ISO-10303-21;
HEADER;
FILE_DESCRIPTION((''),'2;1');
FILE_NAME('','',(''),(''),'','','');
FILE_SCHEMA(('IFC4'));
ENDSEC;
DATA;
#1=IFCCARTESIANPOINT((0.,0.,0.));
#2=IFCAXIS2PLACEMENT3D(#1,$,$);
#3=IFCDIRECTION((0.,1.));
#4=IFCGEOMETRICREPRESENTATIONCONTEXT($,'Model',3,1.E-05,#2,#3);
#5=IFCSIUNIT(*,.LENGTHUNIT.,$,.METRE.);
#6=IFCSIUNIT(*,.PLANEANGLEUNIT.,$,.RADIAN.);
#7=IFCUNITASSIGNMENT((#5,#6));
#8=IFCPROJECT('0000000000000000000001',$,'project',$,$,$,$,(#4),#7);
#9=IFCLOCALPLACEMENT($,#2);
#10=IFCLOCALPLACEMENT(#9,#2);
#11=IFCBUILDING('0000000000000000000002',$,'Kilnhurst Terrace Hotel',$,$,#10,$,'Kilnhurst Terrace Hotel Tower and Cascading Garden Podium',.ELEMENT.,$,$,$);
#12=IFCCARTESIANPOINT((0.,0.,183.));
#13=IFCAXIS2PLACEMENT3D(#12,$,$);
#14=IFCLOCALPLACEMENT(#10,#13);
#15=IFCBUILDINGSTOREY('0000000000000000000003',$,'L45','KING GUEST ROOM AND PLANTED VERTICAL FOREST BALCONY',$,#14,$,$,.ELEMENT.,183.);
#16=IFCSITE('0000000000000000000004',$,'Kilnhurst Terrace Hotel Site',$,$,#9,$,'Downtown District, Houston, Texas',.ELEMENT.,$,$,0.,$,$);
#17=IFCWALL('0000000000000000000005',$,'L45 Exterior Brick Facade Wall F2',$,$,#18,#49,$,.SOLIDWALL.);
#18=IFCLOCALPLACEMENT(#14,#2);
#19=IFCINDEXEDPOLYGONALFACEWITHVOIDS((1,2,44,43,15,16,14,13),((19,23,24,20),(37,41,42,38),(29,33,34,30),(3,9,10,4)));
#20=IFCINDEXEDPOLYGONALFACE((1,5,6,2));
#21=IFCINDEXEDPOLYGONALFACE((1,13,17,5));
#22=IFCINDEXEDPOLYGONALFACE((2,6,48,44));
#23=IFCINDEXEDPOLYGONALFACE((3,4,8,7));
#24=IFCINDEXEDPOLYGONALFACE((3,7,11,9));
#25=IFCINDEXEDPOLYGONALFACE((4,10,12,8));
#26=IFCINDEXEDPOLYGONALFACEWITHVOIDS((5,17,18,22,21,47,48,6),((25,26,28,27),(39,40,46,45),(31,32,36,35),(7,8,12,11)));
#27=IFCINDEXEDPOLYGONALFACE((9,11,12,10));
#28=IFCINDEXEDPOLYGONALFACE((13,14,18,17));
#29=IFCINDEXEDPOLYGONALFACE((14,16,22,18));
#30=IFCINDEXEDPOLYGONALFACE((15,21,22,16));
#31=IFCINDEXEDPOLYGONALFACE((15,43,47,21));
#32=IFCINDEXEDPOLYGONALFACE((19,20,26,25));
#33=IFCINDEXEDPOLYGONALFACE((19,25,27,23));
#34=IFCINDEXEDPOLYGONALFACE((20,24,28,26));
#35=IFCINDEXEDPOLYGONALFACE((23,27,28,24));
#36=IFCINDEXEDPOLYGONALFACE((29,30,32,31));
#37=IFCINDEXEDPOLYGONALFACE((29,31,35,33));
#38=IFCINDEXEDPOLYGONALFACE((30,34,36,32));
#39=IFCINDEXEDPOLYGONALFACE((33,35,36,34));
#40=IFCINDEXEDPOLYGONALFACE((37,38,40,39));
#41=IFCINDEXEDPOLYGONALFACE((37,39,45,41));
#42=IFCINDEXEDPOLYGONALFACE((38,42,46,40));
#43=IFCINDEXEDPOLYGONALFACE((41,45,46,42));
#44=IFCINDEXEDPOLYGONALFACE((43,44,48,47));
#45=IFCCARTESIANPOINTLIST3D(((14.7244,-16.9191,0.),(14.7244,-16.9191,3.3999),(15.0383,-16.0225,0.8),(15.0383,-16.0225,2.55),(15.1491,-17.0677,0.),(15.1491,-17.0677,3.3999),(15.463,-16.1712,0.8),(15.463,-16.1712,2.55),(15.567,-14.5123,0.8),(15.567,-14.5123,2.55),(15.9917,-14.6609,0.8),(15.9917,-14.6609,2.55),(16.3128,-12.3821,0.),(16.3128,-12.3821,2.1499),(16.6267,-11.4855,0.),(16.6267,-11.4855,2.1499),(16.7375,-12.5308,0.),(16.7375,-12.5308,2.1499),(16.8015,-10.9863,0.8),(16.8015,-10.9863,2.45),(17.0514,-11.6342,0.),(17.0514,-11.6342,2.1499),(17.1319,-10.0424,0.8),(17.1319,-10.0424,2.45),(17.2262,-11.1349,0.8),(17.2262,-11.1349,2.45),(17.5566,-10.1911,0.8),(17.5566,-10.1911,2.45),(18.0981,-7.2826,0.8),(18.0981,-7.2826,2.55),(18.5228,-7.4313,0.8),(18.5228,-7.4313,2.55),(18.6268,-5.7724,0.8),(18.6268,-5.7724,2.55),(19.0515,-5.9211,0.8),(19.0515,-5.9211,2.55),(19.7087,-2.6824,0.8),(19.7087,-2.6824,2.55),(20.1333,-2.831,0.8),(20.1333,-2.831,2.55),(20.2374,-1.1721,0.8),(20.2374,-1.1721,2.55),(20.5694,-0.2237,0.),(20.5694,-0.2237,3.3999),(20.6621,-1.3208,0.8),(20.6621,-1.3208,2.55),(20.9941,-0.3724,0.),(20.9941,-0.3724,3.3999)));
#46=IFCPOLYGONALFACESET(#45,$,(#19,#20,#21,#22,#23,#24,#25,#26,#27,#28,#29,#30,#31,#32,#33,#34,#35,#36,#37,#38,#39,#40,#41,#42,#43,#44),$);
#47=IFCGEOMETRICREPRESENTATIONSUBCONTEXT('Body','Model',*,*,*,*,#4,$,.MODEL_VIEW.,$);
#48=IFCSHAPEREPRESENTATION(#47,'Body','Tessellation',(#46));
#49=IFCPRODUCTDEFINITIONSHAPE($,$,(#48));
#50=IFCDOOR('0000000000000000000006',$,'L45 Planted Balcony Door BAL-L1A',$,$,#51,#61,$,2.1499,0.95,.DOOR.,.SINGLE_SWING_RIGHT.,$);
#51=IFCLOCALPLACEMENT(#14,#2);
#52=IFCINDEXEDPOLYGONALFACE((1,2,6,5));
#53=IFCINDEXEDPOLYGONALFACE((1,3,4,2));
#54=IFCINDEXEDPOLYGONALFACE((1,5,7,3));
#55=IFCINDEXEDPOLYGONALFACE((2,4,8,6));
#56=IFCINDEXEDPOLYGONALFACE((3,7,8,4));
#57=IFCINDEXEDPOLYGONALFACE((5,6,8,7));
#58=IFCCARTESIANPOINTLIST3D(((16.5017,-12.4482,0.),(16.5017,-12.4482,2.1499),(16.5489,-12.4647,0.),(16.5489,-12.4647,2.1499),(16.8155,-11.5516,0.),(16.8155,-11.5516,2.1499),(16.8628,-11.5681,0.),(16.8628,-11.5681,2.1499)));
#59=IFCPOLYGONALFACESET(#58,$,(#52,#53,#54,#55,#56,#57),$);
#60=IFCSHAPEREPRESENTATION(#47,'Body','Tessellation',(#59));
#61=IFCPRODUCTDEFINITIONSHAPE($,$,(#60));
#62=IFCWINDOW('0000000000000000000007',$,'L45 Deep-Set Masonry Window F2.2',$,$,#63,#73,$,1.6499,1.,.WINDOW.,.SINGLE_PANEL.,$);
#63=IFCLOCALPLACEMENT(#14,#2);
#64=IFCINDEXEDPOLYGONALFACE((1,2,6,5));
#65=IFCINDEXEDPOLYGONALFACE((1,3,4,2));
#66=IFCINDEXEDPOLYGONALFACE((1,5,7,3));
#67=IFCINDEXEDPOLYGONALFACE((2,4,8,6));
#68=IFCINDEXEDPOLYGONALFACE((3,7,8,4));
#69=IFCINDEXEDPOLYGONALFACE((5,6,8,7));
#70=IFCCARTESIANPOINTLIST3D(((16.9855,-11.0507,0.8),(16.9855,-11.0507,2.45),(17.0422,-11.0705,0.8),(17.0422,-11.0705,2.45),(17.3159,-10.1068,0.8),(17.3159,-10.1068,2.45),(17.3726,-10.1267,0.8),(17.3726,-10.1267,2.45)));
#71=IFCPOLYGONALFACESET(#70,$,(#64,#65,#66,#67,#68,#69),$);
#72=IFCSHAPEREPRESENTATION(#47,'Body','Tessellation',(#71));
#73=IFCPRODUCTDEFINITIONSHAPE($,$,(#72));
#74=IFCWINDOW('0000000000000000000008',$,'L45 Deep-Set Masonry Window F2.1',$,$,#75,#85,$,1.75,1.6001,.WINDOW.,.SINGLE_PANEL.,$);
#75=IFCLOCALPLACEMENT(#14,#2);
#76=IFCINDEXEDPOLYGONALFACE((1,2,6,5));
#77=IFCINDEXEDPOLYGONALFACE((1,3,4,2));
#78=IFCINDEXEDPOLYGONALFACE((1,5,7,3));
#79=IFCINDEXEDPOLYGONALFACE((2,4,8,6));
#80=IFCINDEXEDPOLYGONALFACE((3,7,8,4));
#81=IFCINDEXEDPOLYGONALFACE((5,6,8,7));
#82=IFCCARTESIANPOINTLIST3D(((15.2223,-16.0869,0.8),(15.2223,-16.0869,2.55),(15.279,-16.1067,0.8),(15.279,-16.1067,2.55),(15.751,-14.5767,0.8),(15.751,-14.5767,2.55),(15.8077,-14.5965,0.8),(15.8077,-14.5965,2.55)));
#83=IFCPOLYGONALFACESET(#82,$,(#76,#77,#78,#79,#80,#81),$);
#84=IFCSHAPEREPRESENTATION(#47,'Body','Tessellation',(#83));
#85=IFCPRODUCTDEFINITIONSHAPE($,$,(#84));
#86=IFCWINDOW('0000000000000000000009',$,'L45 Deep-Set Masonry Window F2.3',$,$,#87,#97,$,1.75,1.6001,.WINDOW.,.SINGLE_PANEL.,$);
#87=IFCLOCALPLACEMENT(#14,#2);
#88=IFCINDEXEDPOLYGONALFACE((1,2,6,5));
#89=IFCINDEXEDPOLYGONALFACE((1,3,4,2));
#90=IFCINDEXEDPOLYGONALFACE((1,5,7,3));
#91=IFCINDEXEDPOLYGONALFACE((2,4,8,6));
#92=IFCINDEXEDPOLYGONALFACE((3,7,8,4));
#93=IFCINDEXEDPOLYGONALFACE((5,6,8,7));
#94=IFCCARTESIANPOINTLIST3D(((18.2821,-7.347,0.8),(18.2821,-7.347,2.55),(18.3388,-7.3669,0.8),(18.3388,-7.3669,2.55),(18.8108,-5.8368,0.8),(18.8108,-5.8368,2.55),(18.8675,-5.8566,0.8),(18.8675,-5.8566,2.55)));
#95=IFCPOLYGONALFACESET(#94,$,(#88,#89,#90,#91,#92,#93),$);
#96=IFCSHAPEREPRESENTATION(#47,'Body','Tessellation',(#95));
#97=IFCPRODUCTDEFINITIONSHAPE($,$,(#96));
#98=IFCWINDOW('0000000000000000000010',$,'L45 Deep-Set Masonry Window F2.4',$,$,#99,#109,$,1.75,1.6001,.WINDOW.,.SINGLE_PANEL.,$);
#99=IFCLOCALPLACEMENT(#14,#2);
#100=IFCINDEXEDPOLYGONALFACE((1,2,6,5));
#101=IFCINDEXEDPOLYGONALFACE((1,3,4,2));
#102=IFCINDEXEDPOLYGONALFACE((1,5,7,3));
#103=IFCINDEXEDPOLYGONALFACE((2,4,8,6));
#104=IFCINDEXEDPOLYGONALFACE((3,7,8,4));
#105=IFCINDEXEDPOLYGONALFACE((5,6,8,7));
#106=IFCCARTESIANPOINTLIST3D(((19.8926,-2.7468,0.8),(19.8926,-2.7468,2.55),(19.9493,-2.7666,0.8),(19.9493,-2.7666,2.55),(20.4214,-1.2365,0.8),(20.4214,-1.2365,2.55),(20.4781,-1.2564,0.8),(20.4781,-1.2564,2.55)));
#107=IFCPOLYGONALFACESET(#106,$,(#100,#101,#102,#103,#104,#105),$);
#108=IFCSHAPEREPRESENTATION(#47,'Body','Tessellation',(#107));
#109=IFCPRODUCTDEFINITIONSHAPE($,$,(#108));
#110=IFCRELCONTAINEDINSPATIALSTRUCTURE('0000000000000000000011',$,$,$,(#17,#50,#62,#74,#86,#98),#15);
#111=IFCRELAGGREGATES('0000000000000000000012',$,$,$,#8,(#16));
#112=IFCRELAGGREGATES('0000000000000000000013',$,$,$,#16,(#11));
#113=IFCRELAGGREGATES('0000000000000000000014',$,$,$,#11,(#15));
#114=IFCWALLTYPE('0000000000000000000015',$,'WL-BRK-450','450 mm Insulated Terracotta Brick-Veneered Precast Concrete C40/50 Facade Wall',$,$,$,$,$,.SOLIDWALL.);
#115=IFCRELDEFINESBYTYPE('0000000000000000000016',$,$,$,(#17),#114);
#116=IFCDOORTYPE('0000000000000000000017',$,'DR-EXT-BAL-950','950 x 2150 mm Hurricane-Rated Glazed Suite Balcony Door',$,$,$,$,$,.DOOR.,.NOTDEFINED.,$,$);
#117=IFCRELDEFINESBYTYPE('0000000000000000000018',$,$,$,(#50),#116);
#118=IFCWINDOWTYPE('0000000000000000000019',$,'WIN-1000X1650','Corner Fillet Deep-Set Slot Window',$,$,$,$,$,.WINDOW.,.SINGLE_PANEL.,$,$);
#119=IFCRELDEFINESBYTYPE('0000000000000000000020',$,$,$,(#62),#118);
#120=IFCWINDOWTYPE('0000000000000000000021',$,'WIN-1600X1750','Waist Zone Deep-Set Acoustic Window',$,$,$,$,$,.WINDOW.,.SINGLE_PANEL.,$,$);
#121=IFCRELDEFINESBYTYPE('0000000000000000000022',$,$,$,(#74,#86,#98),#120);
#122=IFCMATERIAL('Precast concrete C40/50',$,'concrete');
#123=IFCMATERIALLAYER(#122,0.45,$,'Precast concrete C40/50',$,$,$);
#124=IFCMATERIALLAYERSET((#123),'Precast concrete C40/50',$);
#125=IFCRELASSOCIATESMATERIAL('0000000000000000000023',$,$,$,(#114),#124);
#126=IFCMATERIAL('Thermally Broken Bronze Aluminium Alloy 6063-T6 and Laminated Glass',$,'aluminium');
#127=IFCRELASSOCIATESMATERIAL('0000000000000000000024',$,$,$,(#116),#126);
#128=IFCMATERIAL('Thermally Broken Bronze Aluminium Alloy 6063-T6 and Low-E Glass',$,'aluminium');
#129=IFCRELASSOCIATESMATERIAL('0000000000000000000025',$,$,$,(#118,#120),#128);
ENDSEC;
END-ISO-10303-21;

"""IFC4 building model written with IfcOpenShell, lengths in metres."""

from ifc_helpers import new_model, si_unit, direction, frame, frame_2d, origin, place, context, subcontext, project, spatial, rectangle, extrude, material, layer, layer_set, type_object, element, fill, save


model = new_model("IFC4")

# Units and contexts
model_context = context("Model", 3, precision=1e-05, world=origin(), true_north=direction((0.0, 1.0)))
body_context = subcontext(model_context, "Body", "Model", "MODEL_VIEW")
ifc_project = project(units=[si_unit("LENGTHUNIT", "METRE"), si_unit("PLANEANGLEUNIT", "RADIAN")], contexts=[model_context])

# Site, building, storey
site_placement = place(None, origin())
site = spatial("IfcSite", under=ifc_project, at=site_placement, Name="Kilnhurst Terrace Hotel Site", LongName="Downtown District, Houston, Texas", CompositionType="ELEMENT", RefElevation=0.0)
building_placement = place(site_placement, origin())
building = spatial("IfcBuilding", under=site, at=building_placement, Name="Kilnhurst Terrace Hotel", LongName="Kilnhurst Terrace Hotel Tower and Cascading Garden Podium", CompositionType="ELEMENT")
storey_placement = place(building_placement, frame((0.0, 0.0, 183.0)))
storey = spatial("IfcBuildingStorey", under=building, at=storey_placement, Name="L45", Description="KING GUEST ROOM AND PLANTED VERTICAL FOREST BALCONY", CompositionType="ELEMENT", Elevation=183.0)

# Shared definitions
ifc_material_1 = material(Name="Precast concrete C40/50", Category="concrete")
ifc_layer_1 = layer(ifc_material_1, 0.45, Name="Precast concrete C40/50")
ifc_layer_set_1 = layer_set([ifc_layer_1], Name="Precast concrete C40/50")
wall_type_1 = type_object("IfcWallType", Name="WL-BRK-450", Description="450 mm Insulated Terracotta Brick-Veneered Precast Concrete C40/50 Facade Wall", PredefinedType="SOLIDWALL", material=ifc_layer_set_1)

# Wall, openings, door, windows
wall_1_placement = place(storey_placement, frame((14.9368, -16.9934, 0.0), z_axis=(0.0, 0.0, 1.0), x_axis=(0.330432, 0.94383, 0.0)))
wall_1 = element("IfcWall", 1, at=wall_1_placement, inside=storey, type_object=wall_type_1, Name="L45 Exterior Brick Facade Wall F2", PredefinedType="SOLIDWALL", context=body_context, shape_type="SweptSolid", body=[
    extrude(rectangle(XDim=17.689, YDim=0.45, at=frame_2d((8.8445, 0.0))), origin(), (0.0, 0.0, 1.0), 3.3999),
])
opening_1_placement = place(wall_1_placement, frame((4.8069, 0.0, 0.0)))
opening_1 = element("IfcOpeningElement", 2, at=opening_1_placement, cuts=wall_1, PredefinedType="OPENING", context=body_context, shape_type="SweptSolid", body=[
    extrude(rectangle(XDim=0.95, YDim=2.1499, at=frame_2d((0.4751, 1.075))), frame((0.0, 0.2349, 0.0), z_axis=(0.0, -1.0, 0.0), x_axis=(1.0, 0.0, 0.0)), (0.0, 0.0, 1.0), 0.47),
])
opening_2_placement = place(wall_1_placement, frame((0.95, 0.0, 0.8)))
opening_2 = element("IfcOpeningElement", 3, at=opening_2_placement, cuts=wall_1, PredefinedType="OPENING", context=body_context, shape_type="SweptSolid", body=[
    extrude(rectangle(XDim=1.6001, YDim=1.75, at=frame_2d((0.8, 0.875))), frame((0.0, 0.2349, 0.0), z_axis=(0.0, -1.0, 0.0), x_axis=(1.0, 0.0, 0.0)), (0.0, 0.0, 1.0), 0.47),
])
opening_3_placement = place(wall_1_placement, frame((6.2859, 0.0, 0.8)))
opening_3 = element("IfcOpeningElement", 4, at=opening_3_placement, cuts=wall_1, PredefinedType="OPENING", context=body_context, shape_type="SweptSolid", body=[
    extrude(rectangle(XDim=1.0, YDim=1.6499, at=frame_2d((0.5, 0.825))), frame((0.0, 0.2349, 0.0), z_axis=(0.0, -1.0, 0.0), x_axis=(1.0, 0.0, 0.0)), (0.0, 0.0, 1.0), 0.47),
])
opening_4_placement = place(wall_1_placement, frame((10.21, 0.0, 0.8)))
opening_4 = element("IfcOpeningElement", 5, at=opening_4_placement, cuts=wall_1, PredefinedType="OPENING", context=body_context, shape_type="SweptSolid", body=[
    extrude(rectangle(XDim=1.6001, YDim=1.75, at=frame_2d((0.8, 0.875))), frame((0.0, 0.2349, 0.0), z_axis=(0.0, -1.0, 0.0), x_axis=(1.0, 0.0, 0.0)), (0.0, 0.0, 1.0), 0.47),
])
opening_5_placement = place(wall_1_placement, frame((15.084, 0.0, 0.8)))
opening_5 = element("IfcOpeningElement", 6, at=opening_5_placement, cuts=wall_1, PredefinedType="OPENING", context=body_context, shape_type="SweptSolid", body=[
    extrude(rectangle(XDim=1.6001, YDim=1.75, at=frame_2d((0.8, 0.875))), frame((0.0, 0.2349, 0.0), z_axis=(0.0, -1.0, 0.0), x_axis=(1.0, 0.0, 0.0)), (0.0, 0.0, 1.0), 0.47),
])
ifc_material_2 = material(Name="Thermally Broken Bronze Aluminium Alloy 6063-T6 and Laminated Glass", Category="aluminium")
door_type_1 = type_object("IfcDoorType", Name="DR-EXT-BAL-950", Description="950 x 2150 mm Hurricane-Rated Glazed Suite Balcony Door", OperationType="NOTDEFINED", PredefinedType="DOOR", material=ifc_material_2)
door_1_placement = place(opening_1_placement, origin())
door_1 = element("IfcDoor", 7, at=door_1_placement, inside=storey, type_object=door_type_1, Name="L45 Planted Balcony Door BAL-L1A", OperationType="SINGLE_SWING_RIGHT", OverallHeight=2.1499, OverallWidth=0.95, PredefinedType="DOOR", context=body_context, shape_type="SweptSolid", body=[
    extrude(rectangle(XDim=0.95, YDim=2.1499, at=frame_2d((0.4751, 1.075))), frame((0.0, 0.0249, 0.0), z_axis=(0.0, -1.0, 0.0), x_axis=(1.0, 0.0, 0.0)), (0.0, 0.0, 1.0), 0.05),
])
fill(opening_1, door_1)
ifc_material_3 = material(Name="Thermally Broken Bronze Aluminium Alloy 6063-T6 and Low-E Glass", Category="aluminium")
window_type_1 = type_object("IfcWindowType", Name="WIN-1000X1650", Description="Corner Fillet Deep-Set Slot Window", PartitioningType="SINGLE_PANEL", PredefinedType="WINDOW", material=ifc_material_3)
window_1_placement = place(opening_3_placement, origin())
window_1 = element("IfcWindow", 8, at=window_1_placement, inside=storey, type_object=window_type_1, Name="L45 Deep-Set Masonry Window F2.2", OverallHeight=1.6499, OverallWidth=1.0, PartitioningType="SINGLE_PANEL", PredefinedType="WINDOW", context=body_context, shape_type="SweptSolid", body=[
    extrude(rectangle(XDim=1.0, YDim=1.6499, at=frame_2d((0.5, 0.825))), frame((0.0, 0.03, 0.0), z_axis=(0.0, -1.0, 0.0), x_axis=(1.0, 0.0, 0.0)), (0.0, 0.0, 1.0), 0.0601),
])
fill(opening_3, window_1)
window_type_2 = type_object("IfcWindowType", Name="WIN-1600X1750", Description="Waist Zone Deep-Set Acoustic Window", PartitioningType="SINGLE_PANEL", PredefinedType="WINDOW", material=ifc_material_3)
window_2_placement = place(opening_2_placement, origin())
window_2 = element("IfcWindow", 9, at=window_2_placement, inside=storey, type_object=window_type_2, Name="L45 Deep-Set Masonry Window F2.1", OverallHeight=1.75, OverallWidth=1.6001, PartitioningType="SINGLE_PANEL", PredefinedType="WINDOW", context=body_context, shape_type="SweptSolid", body=[
    extrude(rectangle(XDim=1.6001, YDim=1.75, at=frame_2d((0.8, 0.875))), frame((0.0, 0.03, 0.0), z_axis=(0.0, -1.0, 0.0), x_axis=(1.0, 0.0, 0.0)), (0.0, 0.0, 1.0), 0.0601),
])
fill(opening_2, window_2)
window_3_placement = place(opening_4_placement, origin())
window_3 = element("IfcWindow", 10, at=window_3_placement, inside=storey, type_object=window_type_2, Name="L45 Deep-Set Masonry Window F2.3", OverallHeight=1.75, OverallWidth=1.6001, PartitioningType="SINGLE_PANEL", PredefinedType="WINDOW", context=body_context, shape_type="SweptSolid", body=[
    extrude(rectangle(XDim=1.6001, YDim=1.75, at=frame_2d((0.8, 0.875))), frame((0.0, 0.03, 0.0), z_axis=(0.0, -1.0, 0.0), x_axis=(1.0, 0.0, 0.0)), (0.0, 0.0, 1.0), 0.0601),
])
fill(opening_4, window_3)
window_4_placement = place(opening_5_placement, origin())
window_4 = element("IfcWindow", 11, at=window_4_placement, inside=storey, type_object=window_type_2, Name="L45 Deep-Set Masonry Window F2.4", OverallHeight=1.75, OverallWidth=1.6001, PartitioningType="SINGLE_PANEL", PredefinedType="WINDOW", context=body_context, shape_type="SweptSolid", body=[
    extrude(rectangle(XDim=1.6001, YDim=1.75, at=frame_2d((0.8, 0.875))), frame((0.0, 0.03, 0.0), z_axis=(0.0, -1.0, 0.0), x_axis=(1.0, 0.0, 0.0)), (0.0, 0.0, 1.0), 0.0601),
])
fill(opening_5, window_4)

save(model, "model.ifc")
